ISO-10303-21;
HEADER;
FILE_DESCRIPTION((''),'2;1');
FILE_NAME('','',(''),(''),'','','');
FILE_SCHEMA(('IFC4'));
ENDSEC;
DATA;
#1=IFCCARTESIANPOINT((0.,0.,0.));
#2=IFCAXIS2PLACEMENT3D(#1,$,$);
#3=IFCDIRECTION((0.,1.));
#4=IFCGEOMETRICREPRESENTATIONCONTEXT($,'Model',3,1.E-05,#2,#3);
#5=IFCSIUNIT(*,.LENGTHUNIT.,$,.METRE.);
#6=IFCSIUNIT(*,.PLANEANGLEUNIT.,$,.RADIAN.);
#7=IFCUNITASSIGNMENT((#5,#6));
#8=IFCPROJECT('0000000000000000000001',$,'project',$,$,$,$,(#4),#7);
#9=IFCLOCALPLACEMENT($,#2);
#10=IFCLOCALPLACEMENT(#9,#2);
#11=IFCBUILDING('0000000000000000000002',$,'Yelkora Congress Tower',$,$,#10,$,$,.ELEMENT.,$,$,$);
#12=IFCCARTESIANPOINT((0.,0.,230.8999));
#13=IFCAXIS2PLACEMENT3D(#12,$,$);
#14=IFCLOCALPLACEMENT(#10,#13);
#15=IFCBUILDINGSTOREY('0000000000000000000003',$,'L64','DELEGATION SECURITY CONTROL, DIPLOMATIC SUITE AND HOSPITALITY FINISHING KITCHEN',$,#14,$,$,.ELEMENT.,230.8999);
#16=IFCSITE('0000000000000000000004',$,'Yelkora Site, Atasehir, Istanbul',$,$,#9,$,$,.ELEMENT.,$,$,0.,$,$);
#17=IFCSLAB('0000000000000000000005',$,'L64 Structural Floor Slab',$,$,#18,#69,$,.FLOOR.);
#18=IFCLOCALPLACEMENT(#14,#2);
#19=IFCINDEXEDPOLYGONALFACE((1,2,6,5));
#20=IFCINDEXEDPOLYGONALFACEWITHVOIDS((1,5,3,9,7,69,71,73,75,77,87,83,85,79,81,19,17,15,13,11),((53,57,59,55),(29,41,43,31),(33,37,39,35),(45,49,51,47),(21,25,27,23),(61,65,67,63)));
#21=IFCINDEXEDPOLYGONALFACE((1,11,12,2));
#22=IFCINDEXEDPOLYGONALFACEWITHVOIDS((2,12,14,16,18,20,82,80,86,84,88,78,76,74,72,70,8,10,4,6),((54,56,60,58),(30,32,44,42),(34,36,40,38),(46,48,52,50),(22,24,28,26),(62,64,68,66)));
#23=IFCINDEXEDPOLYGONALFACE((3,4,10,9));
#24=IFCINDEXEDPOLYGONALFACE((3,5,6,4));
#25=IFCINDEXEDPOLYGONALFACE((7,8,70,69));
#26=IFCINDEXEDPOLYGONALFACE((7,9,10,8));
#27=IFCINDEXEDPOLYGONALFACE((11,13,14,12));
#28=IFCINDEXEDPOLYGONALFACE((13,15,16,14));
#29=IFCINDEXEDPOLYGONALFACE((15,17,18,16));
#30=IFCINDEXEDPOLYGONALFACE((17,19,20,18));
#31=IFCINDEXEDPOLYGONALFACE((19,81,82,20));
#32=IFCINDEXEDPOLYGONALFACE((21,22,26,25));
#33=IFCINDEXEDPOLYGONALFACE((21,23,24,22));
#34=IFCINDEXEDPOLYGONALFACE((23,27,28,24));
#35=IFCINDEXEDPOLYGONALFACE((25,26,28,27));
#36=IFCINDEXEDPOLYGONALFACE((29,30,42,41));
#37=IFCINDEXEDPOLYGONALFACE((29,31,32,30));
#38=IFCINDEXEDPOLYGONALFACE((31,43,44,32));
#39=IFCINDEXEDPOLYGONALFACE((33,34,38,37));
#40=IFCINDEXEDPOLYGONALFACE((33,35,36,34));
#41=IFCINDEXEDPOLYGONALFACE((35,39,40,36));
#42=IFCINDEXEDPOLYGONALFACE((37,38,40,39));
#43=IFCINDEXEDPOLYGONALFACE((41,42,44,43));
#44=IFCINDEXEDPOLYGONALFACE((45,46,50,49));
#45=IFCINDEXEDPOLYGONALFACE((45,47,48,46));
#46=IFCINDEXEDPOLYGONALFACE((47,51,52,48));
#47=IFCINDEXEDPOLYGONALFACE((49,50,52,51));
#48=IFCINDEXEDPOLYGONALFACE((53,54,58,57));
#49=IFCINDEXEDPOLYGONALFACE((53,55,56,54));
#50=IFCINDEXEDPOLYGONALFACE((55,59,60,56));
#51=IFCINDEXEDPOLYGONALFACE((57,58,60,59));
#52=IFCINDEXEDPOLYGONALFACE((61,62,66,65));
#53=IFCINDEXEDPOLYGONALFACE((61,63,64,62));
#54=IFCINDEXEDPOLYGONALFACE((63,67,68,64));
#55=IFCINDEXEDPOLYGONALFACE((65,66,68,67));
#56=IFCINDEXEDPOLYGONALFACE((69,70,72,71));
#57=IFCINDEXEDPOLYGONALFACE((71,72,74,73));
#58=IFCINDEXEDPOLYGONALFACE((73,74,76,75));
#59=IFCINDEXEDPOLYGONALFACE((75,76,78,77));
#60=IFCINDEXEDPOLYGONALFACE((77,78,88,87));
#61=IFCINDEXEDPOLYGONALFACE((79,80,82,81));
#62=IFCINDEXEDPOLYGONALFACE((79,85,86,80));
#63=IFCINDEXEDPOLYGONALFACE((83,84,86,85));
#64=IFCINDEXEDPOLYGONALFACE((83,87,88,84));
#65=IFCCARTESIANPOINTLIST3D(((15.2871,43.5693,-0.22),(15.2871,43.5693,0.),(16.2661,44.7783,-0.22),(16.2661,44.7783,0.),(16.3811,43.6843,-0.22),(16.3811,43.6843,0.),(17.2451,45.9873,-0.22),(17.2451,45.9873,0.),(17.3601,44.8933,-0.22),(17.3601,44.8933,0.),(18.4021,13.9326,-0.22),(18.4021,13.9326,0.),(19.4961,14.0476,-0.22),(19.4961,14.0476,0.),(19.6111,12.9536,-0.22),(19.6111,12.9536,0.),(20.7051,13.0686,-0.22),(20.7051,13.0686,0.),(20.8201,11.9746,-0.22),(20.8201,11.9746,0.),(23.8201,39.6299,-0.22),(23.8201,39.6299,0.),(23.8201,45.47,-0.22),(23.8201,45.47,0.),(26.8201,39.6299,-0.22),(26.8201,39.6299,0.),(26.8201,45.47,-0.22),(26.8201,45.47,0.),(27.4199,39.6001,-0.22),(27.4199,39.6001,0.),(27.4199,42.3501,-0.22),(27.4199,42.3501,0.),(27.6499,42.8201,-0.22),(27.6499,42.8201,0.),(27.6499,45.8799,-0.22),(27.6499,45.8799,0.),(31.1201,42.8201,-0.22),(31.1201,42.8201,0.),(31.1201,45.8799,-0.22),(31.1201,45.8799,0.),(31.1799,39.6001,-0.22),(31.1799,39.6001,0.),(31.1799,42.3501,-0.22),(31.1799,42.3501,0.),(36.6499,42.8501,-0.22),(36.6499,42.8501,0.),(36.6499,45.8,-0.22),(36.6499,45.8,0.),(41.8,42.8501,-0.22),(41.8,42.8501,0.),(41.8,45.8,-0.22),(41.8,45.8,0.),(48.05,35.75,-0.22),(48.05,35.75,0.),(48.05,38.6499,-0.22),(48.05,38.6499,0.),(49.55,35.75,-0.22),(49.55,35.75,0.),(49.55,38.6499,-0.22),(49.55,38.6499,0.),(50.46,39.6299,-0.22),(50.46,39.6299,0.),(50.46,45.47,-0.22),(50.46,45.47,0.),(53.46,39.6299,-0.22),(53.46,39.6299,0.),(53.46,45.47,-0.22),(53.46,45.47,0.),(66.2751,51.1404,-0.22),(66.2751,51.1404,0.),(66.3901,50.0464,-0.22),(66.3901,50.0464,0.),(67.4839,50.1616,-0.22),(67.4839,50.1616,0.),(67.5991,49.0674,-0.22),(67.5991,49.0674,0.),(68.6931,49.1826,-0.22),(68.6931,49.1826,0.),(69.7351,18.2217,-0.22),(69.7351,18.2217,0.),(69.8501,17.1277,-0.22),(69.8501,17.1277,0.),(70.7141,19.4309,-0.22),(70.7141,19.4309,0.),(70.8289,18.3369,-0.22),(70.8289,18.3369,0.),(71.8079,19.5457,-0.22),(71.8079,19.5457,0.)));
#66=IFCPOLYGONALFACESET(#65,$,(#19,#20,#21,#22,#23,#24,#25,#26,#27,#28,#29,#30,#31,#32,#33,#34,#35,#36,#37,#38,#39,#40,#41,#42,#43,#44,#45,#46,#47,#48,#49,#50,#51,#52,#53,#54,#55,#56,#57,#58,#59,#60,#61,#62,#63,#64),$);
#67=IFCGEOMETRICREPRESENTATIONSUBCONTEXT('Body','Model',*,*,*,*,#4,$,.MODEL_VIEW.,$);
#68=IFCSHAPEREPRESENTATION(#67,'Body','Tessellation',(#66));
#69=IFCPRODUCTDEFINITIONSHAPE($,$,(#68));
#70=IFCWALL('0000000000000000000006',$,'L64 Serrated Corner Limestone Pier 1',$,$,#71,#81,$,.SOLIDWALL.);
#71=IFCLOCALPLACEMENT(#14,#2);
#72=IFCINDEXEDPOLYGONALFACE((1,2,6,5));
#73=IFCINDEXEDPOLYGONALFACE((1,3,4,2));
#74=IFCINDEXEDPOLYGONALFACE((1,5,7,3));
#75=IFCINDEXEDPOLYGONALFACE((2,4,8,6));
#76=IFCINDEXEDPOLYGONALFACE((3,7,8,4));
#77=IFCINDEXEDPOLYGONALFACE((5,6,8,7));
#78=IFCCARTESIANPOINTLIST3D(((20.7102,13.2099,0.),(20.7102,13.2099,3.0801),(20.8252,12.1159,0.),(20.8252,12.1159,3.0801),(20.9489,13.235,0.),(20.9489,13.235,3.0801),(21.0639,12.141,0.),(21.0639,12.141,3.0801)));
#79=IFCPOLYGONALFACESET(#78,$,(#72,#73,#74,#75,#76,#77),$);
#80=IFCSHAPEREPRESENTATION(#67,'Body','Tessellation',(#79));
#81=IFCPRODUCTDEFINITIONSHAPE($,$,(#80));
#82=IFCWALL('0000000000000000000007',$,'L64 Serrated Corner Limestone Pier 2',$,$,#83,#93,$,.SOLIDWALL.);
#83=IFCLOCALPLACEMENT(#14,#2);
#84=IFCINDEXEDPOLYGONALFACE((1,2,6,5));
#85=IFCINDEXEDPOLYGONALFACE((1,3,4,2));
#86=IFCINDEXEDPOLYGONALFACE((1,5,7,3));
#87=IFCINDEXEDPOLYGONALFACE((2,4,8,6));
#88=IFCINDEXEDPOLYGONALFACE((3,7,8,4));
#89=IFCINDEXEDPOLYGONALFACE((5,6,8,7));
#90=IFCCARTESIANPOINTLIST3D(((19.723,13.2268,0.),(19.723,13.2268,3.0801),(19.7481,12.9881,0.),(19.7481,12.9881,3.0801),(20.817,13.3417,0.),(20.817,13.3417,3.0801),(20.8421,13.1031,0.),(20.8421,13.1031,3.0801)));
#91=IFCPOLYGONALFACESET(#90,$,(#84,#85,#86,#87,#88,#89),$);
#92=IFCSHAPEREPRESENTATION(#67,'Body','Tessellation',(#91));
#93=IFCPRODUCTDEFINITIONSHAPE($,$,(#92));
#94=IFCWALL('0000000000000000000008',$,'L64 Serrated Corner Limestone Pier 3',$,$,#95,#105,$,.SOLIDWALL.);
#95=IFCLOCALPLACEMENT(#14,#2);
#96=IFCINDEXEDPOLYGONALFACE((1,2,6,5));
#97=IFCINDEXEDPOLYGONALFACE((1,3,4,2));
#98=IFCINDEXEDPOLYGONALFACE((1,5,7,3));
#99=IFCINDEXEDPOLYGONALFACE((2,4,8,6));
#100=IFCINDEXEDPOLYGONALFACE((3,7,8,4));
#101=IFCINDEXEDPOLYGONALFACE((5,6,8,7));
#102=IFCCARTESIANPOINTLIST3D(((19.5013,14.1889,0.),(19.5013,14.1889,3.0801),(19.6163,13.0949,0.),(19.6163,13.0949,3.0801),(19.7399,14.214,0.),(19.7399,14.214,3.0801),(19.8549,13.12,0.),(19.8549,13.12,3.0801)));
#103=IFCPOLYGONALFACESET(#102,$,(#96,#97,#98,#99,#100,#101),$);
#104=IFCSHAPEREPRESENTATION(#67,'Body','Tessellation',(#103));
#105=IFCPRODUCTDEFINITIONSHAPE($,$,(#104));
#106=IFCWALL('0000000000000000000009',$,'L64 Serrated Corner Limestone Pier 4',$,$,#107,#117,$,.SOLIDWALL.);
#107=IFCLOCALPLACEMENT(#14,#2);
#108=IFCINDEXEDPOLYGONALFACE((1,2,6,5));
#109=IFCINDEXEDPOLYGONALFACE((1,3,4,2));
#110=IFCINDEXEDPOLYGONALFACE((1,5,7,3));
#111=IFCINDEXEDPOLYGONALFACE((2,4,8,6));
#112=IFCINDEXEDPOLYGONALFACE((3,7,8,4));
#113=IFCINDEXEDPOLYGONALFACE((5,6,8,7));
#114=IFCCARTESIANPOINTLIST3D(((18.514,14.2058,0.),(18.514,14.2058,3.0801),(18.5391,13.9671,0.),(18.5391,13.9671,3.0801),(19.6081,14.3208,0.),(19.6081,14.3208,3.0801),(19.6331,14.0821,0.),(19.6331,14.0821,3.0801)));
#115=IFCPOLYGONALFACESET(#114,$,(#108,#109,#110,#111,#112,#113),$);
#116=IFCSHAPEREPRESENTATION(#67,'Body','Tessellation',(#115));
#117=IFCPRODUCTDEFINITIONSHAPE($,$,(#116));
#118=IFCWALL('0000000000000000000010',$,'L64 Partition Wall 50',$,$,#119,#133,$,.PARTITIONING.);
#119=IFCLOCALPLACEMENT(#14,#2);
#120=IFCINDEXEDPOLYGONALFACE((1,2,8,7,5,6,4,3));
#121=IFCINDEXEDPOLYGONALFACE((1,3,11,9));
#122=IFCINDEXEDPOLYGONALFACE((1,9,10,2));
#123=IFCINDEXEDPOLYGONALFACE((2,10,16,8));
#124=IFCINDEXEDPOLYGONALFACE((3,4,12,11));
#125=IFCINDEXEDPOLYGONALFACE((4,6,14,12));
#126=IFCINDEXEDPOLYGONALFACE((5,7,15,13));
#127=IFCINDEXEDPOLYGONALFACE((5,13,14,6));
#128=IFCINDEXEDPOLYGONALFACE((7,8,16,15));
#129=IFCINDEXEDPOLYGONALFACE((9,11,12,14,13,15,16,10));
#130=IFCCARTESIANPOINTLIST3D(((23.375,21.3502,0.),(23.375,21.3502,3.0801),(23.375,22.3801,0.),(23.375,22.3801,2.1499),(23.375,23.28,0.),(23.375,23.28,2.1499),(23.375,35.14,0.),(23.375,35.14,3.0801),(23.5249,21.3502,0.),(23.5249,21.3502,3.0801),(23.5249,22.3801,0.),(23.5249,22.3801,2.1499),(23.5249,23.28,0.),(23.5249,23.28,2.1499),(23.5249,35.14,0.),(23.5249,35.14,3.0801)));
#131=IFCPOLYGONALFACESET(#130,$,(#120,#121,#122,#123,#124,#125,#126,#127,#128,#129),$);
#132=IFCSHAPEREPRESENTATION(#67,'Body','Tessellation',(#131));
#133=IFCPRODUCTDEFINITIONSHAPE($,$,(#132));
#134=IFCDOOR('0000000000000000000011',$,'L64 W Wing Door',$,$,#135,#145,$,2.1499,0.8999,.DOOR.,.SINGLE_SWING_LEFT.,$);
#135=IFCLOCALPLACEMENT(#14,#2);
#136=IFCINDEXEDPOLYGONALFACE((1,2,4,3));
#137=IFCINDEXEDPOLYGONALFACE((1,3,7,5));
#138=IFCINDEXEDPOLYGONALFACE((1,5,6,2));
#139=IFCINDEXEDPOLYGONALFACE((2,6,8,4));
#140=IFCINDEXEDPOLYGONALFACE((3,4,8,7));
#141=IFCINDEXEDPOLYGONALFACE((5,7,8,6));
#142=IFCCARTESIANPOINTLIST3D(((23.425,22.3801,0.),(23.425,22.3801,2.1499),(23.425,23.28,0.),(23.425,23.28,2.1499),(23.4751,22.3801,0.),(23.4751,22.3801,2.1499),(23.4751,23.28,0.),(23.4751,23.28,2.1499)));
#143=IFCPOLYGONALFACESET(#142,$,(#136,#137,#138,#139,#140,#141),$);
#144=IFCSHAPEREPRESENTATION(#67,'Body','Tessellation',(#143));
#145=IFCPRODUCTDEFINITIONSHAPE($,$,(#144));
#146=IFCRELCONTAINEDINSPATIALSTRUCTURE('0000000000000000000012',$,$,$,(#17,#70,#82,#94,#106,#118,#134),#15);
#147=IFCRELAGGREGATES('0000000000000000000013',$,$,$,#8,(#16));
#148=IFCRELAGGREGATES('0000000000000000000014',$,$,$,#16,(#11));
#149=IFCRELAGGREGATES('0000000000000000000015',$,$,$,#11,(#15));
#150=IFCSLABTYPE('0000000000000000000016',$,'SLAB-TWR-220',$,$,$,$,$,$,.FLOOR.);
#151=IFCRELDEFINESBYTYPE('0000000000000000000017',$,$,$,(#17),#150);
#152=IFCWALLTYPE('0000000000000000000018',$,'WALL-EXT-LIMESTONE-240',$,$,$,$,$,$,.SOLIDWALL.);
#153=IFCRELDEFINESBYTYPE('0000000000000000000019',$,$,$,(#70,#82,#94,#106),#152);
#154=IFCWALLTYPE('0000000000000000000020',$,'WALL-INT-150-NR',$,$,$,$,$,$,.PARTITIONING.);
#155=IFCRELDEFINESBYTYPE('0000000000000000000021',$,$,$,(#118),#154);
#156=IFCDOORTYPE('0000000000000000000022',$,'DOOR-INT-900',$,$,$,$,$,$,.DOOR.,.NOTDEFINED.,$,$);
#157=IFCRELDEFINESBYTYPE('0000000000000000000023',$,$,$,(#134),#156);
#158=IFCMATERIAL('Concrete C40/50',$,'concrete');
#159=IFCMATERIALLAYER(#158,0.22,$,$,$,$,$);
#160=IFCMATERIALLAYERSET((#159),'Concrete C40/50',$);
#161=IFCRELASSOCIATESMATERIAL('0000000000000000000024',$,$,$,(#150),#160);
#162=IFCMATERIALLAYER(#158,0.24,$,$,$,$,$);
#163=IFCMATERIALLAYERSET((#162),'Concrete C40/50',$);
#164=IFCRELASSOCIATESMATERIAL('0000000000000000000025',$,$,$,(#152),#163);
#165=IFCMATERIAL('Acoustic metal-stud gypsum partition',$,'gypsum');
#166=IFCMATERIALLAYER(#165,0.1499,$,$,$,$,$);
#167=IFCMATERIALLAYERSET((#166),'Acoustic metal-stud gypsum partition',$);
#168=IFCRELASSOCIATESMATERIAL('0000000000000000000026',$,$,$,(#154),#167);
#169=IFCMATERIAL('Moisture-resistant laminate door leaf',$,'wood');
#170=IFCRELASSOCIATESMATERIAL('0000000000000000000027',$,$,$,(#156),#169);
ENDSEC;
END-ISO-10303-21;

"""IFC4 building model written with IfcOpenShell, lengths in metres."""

from ifc_helpers import new_model, si_unit, direction, frame, frame_2d, origin, place, context, subcontext, project, spatial, polyline, rectangle, outline, extrude, material, layer, layer_set, type_object, element, fill, save


model = new_model("IFC4")

# Units and contexts
model_context = context("Model", 3, precision=1e-05, world=origin(), true_north=direction((0.0, 1.0)))
body_context = subcontext(model_context, "Body", "Model", "MODEL_VIEW")
ifc_project = project(units=[si_unit("LENGTHUNIT", "METRE"), si_unit("PLANEANGLEUNIT", "RADIAN")], contexts=[model_context])

# Site, building, storey
site_placement = place(None, origin())
site = spatial("IfcSite", under=ifc_project, at=site_placement, Name="Yelkora Site, Atasehir, Istanbul", CompositionType="ELEMENT", RefElevation=0.0)
building_placement = place(site_placement, origin())
building = spatial("IfcBuilding", under=site, at=building_placement, Name="Yelkora Congress Tower", CompositionType="ELEMENT")
storey_placement = place(building_placement, frame((0.0, 0.0, 230.8999)))
storey = spatial("IfcBuildingStorey", under=building, at=storey_placement, Name="L64", Description="DELEGATION SECURITY CONTROL, DIPLOMATIC SUITE AND HOSPITALITY FINISHING KITCHEN", CompositionType="ELEMENT", Elevation=230.8999)

# Shared definitions
ifc_material_1 = material(Name="Concrete C40/50", Category="concrete")

# Slab
ifc_layer_1 = layer(ifc_material_1, 0.22)
ifc_layer_set_1 = layer_set([ifc_layer_1], Name="Concrete C40/50")
slab_type_1 = type_object("IfcSlabType", Name="SLAB-TWR-220", PredefinedType="FLOOR", material=ifc_layer_set_1)
slab_1_placement = place(storey_placement, frame((0.0, 0.0, -0.22)))
element("IfcSlab", 1, at=slab_1_placement, inside=storey, type_object=slab_type_1, Name="L64 Structural Floor Slab", PredefinedType="FLOOR", context=body_context, shape_type="SweptSolid", body=[
    extrude(outline(polyline([(20.8201, 11.9746), (69.8501, 17.1277), (69.7351, 18.2217), (70.8289, 18.3369), (70.7141, 19.4309), (71.8079, 19.5457), (68.6931, 49.1826), (67.5991, 49.0674), (67.4839, 50.1616), (66.3901, 50.0464), (66.2751, 51.1404), (17.2451, 45.9873), (17.3601, 44.8933), (16.2661, 44.7783), (16.3811, 43.6843), (15.2871, 43.5693), (18.4021, 13.9326), (19.4961, 14.0476), (19.6111, 12.9536), (20.7051, 13.0686), (20.8201, 11.9746)]), holes=[polyline([(23.8201, 39.6299), (26.8201, 39.6299), (26.8201, 45.47), (23.8201, 45.47), (23.8201, 39.6299)]), polyline([(50.46, 39.6299), (53.46, 39.6299), (53.46, 45.47), (50.46, 45.47), (50.46, 39.6299)]), polyline([(48.05, 35.75), (49.55, 35.75), (49.55, 38.6499), (48.05, 38.6499), (48.05, 35.75)]), polyline([(36.6499, 42.8501), (41.8, 42.8501), (41.8, 45.8), (36.6499, 45.8), (36.6499, 42.8501)]), polyline([(27.4199, 39.6001), (31.1799, 39.6001), (31.1799, 42.3501), (27.4199, 42.3501), (27.4199, 39.6001)]), polyline([(27.6499, 42.8201), (31.1201, 42.8201), (31.1201, 45.8799), (27.6499, 45.8799), (27.6499, 42.8201)])]), origin(), (0.0, 0.0, 1.0), 0.22),
])

# Walls
ifc_layer_2 = layer(ifc_material_1, 0.24)
ifc_layer_set_2 = layer_set([ifc_layer_2], Name="Concrete C40/50")
wall_type_1 = type_object("IfcWallType", Name="WALL-EXT-LIMESTONE-240", PredefinedType="SOLIDWALL", material=ifc_layer_set_2)
for number, where, z_axis, x_axis, name in (
    (2, (20.9446, 12.1284, 0.0), (0.0, 0.0, 1.0), (-0.104535, 0.994521, 0.0), "L64 Serrated Corner Limestone Pier 1"),
    (3, (20.8296, 13.2224, 0.0), (0.0, 0.0, 1.0), (-0.994521, -0.104535, 0.0), "L64 Serrated Corner Limestone Pier 2"),
    (4, (19.7356, 13.1074, 0.0), (0.0, 0.0, 1.0), (-0.104535, 0.994521, 0.0), "L64 Serrated Corner Limestone Pier 3"),
    (5, (19.6206, 14.2014, 0.0), (0.0, 0.0, 1.0), (-0.994521, -0.104535, 0.0), "L64 Serrated Corner Limestone Pier 4"),
):
    element("IfcWall", number, at=place(storey_placement, frame(where, z_axis=z_axis, x_axis=x_axis)), inside=storey, type_object=wall_type_1, Name=name, PredefinedType="SOLIDWALL", context=body_context, shape_type="SweptSolid", body=[
        extrude(rectangle(XDim=1.1001, YDim=0.24, at=frame_2d((0.55, 0.0))), origin(), (0.0, 0.0, 1.0), 3.0801),
    ])

# Wall, opening, door
ifc_material_2 = material(Name="Acoustic metal-stud gypsum partition", Category="gypsum")
ifc_layer_3 = layer(ifc_material_2, 0.1499)
ifc_layer_set_3 = layer_set([ifc_layer_3], Name="Acoustic metal-stud gypsum partition")
wall_type_2 = type_object("IfcWallType", Name="WALL-INT-150-NR", PredefinedType="PARTITIONING", material=ifc_layer_set_3)
wall_1_placement = place(storey_placement, frame((23.45, 21.3501, 0.0), z_axis=(0.0, 0.0, 1.0), x_axis=(0.0, 1.0, 0.0)))
wall_1 = element("IfcWall", 6, at=wall_1_placement, inside=storey, type_object=wall_type_2, Name="L64 Partition Wall 50", PredefinedType="PARTITIONING", context=body_context, shape_type="SweptSolid", body=[
    extrude(rectangle(XDim=13.7898, YDim=0.1499, at=frame_2d((6.895, 0.0))), origin(), (0.0, 0.0, 1.0), 3.0801),
])
opening_1_placement = place(wall_1_placement, frame((1.03, 0.0, 0.0)))
opening_1 = element("IfcOpeningElement", 7, at=opening_1_placement, cuts=wall_1, PredefinedType="OPENING", context=body_context, shape_type="SweptSolid", body=[
    extrude(rectangle(XDim=0.8999, YDim=2.1499, at=frame_2d((0.45, 1.075))), frame((0.0, 0.085, 0.0), z_axis=(0.0, -1.0, 0.0), x_axis=(1.0, 0.0, 0.0)), (0.0, 0.0, 1.0), 0.1699),
])
ifc_material_3 = material(Name="Moisture-resistant laminate door leaf", Category="wood")
door_type_1 = type_object("IfcDoorType", Name="DOOR-INT-900", OperationType="NOTDEFINED", PredefinedType="DOOR", material=ifc_material_3)
door_1_placement = place(opening_1_placement, origin())
door_1 = element("IfcDoor", 8, at=door_1_placement, inside=storey, type_object=door_type_1, Name="L64 W Wing Door", OperationType="SINGLE_SWING_LEFT", OverallHeight=2.1499, OverallWidth=0.8999, PredefinedType="DOOR", context=body_context, shape_type="SweptSolid", body=[
    extrude(rectangle(XDim=0.8999, YDim=2.1499, at=frame_2d((0.45, 1.075))), frame((0.0, 0.0249, 0.0), z_axis=(0.0, -1.0, 0.0), x_axis=(1.0, 0.0, 0.0)), (0.0, 0.0, 1.0), 0.05),
])
fill(opening_1, door_1)

save(model, "model.ifc")
